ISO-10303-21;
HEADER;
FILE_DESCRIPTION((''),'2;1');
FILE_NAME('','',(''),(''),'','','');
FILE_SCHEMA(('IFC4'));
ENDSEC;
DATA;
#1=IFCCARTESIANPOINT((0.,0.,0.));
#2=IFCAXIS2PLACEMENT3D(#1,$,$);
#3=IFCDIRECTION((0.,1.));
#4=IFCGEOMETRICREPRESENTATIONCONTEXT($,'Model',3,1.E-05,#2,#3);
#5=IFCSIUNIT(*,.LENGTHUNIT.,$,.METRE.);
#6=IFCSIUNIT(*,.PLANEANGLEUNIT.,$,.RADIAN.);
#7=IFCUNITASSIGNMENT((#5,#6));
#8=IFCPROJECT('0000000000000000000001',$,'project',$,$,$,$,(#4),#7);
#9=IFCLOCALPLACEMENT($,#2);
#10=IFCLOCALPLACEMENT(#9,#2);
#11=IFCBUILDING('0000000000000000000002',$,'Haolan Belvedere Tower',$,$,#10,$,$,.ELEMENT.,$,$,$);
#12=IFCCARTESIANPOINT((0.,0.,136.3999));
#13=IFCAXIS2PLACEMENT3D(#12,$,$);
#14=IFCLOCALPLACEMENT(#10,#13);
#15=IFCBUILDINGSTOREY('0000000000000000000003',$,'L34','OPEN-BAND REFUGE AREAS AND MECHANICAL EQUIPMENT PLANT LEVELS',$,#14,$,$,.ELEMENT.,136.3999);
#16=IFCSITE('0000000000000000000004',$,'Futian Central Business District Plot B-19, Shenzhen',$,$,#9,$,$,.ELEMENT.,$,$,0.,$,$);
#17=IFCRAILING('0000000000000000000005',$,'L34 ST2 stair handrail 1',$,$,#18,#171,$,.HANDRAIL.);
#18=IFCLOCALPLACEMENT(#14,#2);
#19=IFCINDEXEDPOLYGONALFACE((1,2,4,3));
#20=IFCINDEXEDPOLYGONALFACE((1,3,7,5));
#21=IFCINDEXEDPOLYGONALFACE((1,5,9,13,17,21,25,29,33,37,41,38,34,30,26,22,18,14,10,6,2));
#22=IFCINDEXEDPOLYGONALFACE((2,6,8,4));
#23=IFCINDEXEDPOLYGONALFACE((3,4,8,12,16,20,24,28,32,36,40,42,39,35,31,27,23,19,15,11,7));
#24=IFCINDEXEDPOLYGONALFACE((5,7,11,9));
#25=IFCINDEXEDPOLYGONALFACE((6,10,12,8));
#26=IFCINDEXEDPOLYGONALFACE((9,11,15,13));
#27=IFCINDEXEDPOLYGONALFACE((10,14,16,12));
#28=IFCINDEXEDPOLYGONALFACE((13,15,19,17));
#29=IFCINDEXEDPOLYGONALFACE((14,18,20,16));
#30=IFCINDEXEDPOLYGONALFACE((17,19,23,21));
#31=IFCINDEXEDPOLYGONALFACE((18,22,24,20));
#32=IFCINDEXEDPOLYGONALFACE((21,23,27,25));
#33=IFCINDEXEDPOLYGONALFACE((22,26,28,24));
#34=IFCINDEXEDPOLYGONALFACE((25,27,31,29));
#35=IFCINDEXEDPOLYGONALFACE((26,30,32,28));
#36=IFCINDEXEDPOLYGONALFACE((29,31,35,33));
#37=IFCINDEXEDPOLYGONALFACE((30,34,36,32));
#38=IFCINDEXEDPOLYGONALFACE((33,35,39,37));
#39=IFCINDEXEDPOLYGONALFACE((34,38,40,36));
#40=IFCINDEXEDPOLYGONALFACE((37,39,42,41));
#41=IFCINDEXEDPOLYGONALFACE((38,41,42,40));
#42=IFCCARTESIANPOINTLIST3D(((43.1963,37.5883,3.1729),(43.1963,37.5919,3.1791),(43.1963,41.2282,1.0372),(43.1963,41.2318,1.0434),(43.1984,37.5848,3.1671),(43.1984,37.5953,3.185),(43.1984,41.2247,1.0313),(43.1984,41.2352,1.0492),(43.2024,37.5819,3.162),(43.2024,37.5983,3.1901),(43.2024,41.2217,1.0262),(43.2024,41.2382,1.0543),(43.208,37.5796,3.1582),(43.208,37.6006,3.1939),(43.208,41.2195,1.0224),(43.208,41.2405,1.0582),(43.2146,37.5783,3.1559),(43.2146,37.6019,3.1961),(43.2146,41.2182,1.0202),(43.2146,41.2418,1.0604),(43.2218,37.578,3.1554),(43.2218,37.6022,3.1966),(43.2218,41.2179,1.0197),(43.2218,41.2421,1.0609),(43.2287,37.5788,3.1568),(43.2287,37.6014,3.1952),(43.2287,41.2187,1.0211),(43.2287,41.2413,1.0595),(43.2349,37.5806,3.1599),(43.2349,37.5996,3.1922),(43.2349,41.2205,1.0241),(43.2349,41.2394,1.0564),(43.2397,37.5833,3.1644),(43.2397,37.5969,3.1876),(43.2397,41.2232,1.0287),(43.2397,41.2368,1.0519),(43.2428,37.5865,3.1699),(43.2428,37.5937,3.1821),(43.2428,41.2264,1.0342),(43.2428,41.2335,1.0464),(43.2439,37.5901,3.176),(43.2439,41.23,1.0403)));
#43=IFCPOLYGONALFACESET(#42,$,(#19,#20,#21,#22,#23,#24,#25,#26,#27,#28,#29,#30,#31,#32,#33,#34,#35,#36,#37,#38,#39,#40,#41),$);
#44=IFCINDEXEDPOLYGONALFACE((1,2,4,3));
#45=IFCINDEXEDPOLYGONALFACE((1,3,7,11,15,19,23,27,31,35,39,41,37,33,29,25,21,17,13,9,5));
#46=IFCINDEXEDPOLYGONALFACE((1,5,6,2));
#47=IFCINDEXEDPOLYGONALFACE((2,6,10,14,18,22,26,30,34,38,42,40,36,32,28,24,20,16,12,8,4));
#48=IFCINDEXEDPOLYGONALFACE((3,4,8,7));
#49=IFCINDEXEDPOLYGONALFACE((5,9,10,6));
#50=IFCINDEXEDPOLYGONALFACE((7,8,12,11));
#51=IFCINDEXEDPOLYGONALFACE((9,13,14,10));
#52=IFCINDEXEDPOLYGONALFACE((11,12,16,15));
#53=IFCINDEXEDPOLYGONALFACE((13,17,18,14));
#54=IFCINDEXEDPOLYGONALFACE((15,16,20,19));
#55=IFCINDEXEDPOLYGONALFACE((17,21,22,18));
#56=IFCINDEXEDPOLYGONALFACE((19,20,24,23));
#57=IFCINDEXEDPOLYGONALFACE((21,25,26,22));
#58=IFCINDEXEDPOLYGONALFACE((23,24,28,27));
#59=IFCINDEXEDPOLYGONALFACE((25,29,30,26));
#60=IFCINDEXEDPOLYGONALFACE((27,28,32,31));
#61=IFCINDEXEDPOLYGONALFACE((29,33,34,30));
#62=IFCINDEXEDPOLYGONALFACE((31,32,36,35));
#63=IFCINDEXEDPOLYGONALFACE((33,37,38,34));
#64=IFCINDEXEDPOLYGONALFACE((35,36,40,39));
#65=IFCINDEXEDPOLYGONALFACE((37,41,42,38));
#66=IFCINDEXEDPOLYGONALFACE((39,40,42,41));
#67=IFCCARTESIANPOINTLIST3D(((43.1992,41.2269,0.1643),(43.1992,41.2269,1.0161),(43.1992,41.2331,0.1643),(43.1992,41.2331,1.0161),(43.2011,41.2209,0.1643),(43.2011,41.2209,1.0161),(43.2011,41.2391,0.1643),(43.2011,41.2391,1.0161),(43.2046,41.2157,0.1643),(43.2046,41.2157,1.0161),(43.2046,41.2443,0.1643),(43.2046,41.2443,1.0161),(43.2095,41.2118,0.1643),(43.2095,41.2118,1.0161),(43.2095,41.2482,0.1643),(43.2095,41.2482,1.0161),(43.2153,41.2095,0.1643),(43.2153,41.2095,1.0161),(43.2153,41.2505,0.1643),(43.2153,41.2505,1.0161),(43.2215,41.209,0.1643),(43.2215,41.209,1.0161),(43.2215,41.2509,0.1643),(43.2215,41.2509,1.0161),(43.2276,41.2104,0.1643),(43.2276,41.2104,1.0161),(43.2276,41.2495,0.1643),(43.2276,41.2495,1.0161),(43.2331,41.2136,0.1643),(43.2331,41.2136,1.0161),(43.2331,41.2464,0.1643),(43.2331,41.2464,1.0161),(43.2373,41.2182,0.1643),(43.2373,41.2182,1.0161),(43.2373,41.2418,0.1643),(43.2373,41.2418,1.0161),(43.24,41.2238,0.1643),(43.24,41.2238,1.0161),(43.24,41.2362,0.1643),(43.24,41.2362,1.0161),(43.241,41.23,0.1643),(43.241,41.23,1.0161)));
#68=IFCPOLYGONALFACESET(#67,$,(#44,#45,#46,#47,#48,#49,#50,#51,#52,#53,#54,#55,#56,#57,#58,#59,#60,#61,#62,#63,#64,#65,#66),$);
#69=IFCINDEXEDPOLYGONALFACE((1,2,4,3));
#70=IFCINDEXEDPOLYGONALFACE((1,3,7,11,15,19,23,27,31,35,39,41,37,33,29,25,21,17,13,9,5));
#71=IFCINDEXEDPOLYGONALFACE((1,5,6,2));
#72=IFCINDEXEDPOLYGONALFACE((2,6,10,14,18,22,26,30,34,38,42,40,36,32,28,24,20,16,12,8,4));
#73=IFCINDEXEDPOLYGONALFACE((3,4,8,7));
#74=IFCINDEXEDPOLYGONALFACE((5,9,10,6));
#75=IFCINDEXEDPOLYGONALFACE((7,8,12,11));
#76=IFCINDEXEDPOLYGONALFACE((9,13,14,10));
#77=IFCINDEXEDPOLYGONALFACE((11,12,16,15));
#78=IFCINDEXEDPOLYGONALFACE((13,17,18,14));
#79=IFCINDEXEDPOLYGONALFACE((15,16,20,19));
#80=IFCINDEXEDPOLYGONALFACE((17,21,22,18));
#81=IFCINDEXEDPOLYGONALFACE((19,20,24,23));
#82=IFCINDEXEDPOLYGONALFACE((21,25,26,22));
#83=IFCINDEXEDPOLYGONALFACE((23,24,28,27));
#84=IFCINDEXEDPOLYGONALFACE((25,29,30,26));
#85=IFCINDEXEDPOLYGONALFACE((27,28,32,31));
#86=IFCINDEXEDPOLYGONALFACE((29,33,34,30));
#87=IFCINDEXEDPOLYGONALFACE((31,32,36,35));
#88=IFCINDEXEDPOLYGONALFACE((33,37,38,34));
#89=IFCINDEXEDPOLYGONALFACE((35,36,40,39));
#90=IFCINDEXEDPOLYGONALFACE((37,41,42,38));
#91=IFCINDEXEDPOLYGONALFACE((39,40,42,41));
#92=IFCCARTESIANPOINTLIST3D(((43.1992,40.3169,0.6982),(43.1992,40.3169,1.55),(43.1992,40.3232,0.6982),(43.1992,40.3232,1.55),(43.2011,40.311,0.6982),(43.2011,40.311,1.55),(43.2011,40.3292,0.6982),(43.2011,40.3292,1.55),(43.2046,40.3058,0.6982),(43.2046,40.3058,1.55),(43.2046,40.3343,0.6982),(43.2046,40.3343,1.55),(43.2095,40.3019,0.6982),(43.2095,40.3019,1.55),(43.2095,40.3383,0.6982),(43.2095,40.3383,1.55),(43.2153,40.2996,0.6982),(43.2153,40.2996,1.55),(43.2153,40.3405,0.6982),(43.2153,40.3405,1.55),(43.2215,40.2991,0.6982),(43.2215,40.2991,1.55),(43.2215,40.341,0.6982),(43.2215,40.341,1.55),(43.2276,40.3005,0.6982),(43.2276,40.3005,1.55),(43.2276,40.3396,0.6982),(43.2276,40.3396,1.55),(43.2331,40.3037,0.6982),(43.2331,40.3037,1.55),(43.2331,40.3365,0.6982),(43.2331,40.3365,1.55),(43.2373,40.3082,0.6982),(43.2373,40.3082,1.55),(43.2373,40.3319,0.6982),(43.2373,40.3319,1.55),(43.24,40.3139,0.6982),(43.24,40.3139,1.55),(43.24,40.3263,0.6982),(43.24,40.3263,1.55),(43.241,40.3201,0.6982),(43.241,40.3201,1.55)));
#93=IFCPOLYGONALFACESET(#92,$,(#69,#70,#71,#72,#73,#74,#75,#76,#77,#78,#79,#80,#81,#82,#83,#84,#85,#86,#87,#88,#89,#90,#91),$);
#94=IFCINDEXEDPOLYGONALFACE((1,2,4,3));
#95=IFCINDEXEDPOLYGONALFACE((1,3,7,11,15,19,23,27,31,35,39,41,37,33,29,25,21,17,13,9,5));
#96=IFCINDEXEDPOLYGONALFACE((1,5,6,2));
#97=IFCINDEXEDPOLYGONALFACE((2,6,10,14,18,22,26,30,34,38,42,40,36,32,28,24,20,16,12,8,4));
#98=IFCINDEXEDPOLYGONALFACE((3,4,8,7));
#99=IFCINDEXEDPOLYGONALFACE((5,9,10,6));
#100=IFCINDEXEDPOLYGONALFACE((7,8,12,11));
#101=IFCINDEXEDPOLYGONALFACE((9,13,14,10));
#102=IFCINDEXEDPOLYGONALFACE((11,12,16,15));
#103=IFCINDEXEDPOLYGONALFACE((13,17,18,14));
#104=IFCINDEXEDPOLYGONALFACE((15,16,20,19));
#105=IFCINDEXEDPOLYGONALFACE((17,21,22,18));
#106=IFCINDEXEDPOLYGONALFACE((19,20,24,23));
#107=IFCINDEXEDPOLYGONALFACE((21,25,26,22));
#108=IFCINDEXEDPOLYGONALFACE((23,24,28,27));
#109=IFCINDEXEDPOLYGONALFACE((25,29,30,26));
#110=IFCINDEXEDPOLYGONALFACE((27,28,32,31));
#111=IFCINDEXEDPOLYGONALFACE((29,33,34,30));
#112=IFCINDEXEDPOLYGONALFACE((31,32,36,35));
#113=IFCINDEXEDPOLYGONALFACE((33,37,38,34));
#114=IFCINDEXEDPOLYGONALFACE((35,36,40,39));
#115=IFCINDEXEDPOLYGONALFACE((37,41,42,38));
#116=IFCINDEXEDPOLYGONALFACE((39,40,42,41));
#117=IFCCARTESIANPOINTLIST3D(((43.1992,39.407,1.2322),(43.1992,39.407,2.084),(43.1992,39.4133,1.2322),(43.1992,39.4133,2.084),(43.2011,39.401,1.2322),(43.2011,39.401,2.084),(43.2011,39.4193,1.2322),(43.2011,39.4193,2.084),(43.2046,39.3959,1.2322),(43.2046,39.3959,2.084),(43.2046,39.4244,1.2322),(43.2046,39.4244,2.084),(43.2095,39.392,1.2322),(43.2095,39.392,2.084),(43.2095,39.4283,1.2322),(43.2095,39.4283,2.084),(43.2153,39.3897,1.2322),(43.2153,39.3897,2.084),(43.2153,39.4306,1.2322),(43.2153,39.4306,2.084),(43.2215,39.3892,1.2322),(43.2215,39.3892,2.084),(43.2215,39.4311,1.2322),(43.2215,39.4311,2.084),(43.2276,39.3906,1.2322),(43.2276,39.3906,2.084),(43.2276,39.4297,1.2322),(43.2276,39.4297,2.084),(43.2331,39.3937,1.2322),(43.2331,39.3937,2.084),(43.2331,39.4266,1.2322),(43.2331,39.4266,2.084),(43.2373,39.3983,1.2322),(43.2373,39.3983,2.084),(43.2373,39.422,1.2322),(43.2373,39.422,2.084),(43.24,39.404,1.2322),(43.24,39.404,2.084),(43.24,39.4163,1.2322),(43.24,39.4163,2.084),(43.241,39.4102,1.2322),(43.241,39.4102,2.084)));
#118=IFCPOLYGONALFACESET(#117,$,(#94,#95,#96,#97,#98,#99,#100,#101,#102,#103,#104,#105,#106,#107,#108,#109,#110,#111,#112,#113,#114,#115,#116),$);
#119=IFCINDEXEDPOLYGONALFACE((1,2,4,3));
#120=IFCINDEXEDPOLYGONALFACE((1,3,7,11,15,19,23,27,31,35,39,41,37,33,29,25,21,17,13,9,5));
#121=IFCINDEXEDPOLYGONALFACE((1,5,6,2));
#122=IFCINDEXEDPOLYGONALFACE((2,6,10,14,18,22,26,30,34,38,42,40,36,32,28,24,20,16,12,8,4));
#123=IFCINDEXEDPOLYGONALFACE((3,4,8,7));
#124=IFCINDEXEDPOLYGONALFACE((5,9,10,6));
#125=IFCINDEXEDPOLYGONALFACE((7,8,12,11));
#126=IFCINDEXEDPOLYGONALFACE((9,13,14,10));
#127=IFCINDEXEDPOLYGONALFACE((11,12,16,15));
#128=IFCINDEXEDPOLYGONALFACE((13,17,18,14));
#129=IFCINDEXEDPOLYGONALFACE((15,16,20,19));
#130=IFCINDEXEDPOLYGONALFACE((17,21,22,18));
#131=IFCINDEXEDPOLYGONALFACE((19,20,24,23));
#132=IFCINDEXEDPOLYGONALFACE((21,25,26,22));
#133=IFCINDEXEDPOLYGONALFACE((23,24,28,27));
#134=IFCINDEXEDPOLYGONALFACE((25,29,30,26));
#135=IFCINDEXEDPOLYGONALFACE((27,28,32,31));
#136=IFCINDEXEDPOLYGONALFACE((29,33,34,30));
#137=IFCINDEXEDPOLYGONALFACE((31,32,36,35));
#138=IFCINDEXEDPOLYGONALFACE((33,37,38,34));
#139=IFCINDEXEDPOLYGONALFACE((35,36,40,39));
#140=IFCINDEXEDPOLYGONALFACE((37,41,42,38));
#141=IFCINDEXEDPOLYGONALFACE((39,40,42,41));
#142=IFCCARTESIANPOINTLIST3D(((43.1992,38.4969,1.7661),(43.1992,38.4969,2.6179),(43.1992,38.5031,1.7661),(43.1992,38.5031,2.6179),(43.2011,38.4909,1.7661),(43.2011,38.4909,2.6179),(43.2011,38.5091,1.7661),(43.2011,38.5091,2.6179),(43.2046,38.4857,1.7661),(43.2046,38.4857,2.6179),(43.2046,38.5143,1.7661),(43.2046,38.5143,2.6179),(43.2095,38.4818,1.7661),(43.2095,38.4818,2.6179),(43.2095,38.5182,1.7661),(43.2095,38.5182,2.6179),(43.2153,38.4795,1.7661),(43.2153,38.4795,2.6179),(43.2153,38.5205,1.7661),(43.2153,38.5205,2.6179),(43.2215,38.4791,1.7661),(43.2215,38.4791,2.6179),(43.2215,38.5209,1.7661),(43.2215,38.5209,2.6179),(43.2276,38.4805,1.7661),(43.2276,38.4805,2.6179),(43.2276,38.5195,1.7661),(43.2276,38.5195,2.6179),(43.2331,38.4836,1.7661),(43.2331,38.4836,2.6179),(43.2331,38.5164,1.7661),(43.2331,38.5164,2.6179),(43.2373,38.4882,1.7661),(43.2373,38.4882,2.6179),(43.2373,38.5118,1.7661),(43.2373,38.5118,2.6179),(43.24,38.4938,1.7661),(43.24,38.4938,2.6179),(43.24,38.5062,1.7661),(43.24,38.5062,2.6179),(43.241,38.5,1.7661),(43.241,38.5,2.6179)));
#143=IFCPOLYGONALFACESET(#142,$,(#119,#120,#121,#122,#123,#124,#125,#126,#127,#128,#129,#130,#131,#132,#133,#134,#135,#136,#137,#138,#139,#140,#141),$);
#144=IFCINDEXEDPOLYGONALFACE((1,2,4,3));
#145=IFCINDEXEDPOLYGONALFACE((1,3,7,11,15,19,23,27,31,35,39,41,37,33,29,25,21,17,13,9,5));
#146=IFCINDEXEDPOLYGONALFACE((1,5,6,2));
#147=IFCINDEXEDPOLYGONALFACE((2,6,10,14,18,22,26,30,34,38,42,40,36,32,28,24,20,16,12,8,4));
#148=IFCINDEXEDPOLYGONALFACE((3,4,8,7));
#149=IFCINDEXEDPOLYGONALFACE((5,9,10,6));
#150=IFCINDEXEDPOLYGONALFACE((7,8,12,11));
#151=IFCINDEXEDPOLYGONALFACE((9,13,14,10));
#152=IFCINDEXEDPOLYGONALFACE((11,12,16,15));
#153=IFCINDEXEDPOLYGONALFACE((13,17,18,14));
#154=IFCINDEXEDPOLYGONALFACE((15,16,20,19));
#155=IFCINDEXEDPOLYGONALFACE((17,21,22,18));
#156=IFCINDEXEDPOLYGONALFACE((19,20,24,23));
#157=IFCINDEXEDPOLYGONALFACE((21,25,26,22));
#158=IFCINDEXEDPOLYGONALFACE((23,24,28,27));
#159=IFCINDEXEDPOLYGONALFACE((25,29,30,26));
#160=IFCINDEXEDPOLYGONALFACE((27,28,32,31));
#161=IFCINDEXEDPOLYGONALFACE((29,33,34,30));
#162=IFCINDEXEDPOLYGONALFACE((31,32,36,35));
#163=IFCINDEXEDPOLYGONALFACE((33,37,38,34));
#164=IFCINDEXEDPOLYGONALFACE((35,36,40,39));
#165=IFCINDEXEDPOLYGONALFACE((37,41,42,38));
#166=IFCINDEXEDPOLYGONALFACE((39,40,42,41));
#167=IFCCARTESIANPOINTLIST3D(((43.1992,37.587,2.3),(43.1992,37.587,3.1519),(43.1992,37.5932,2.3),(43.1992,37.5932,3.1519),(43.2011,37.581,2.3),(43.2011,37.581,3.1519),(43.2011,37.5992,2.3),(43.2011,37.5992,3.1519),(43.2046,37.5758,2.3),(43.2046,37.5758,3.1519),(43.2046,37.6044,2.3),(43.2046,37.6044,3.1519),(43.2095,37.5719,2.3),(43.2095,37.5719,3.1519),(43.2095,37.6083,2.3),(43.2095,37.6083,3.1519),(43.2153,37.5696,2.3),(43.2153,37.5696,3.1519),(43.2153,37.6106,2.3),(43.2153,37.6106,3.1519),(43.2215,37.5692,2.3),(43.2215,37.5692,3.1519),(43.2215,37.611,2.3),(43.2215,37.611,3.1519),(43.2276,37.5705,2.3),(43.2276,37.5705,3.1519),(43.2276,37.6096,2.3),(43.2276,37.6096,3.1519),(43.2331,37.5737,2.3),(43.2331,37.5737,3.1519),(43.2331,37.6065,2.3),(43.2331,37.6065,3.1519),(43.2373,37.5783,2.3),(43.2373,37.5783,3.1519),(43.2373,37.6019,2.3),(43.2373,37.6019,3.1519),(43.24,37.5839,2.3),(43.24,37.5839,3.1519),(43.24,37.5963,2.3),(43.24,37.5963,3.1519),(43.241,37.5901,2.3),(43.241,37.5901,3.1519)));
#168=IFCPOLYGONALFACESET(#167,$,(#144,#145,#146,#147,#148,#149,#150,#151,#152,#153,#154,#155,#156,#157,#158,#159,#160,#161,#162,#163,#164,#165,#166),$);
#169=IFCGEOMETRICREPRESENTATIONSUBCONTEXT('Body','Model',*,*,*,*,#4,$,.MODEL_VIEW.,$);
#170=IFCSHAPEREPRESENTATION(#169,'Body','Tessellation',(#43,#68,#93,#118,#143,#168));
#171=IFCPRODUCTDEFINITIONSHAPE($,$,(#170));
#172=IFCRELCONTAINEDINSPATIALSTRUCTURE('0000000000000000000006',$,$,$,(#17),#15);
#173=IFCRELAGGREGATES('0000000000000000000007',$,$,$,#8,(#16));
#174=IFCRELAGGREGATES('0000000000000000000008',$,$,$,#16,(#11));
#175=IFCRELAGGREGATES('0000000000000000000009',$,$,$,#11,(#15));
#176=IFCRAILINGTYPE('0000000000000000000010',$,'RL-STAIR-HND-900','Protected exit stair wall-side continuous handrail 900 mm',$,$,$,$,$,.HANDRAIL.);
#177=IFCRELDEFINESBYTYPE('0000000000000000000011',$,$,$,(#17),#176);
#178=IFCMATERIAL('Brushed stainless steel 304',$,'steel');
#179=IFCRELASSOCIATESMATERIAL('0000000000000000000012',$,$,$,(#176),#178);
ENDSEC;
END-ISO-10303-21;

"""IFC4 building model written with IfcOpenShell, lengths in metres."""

from ifc_helpers import new_model, si_unit, direction, frame, origin, origin_2d, place, context, subcontext, project, spatial, circle, extrude, material, type_object, element, save


model = new_model("IFC4")

# Units and contexts
model_context = context("Model", 3, precision=1e-05, world=origin(), true_north=direction((0.0, 1.0)))
body_context = subcontext(model_context, "Body", "Model", "MODEL_VIEW")
ifc_project = project(units=[si_unit("LENGTHUNIT", "METRE"), si_unit("PLANEANGLEUNIT", "RADIAN")], contexts=[model_context])

# Site, building, storey
site_placement = place(None, origin())
site = spatial("IfcSite", under=ifc_project, at=site_placement, Name="Futian Central Business District Plot B-19, Shenzhen", CompositionType="ELEMENT", RefElevation=0.0)
building_placement = place(site_placement, origin())
building = spatial("IfcBuilding", under=site, at=building_placement, Name="Haolan Belvedere Tower", CompositionType="ELEMENT")
storey_placement = place(building_placement, frame((0.0, 0.0, 136.3999)))
storey = spatial("IfcBuildingStorey", under=building, at=storey_placement, Name="L34", Description="OPEN-BAND REFUGE AREAS AND MECHANICAL EQUIPMENT PLANT LEVELS", CompositionType="ELEMENT", Elevation=136.3999)

# Railing
ifc_material_1 = material(Name="Brushed stainless steel 304", Category="steel")
railing_type_1 = type_object("IfcRailingType", Name="RL-STAIR-HND-900", Description="Protected exit stair wall-side continuous handrail 900 mm", PredefinedType="HANDRAIL", material=ifc_material_1)
railing_1_placement = place(storey_placement, frame((43.22, 41.23, 0.1643)))
element("IfcRailing", 1, at=railing_1_placement, inside=storey, type_object=railing_type_1, Name="L34 ST2 stair handrail 1", PredefinedType="HANDRAIL", context=body_context, shape_type="SweptSolid", body=[
    extrude(circle(Radius=0.0239, at=origin_2d()), frame((0.0, 0.0, 0.876), z_axis=(0.0, -0.86249, 0.506074), x_axis=(1.0, 0.0, 0.0)), (0.0, 0.0, 1.0), 4.2202),
    extrude(circle(Radius=0.021, at=origin_2d()), origin(), (0.0, 0.0, 1.0), 0.8518),
    extrude(circle(Radius=0.021, at=origin_2d()), frame((0.0, -0.9099, 0.5339)), (0.0, 0.0, 1.0), 0.8518),
    extrude(circle(Radius=0.021, at=origin_2d()), frame((0.0, -1.8198, 1.0679)), (0.0, 0.0, 1.0), 0.8518),
    extrude(circle(Radius=0.021, at=origin_2d()), frame((0.0, -2.73, 1.6018)), (0.0, 0.0, 1.0), 0.8518),
    extrude(circle(Radius=0.021, at=origin_2d()), frame((0.0, -3.6399, 2.1357)), (0.0, 0.0, 1.0), 0.8518),
])

save(model, "model.ifc")
